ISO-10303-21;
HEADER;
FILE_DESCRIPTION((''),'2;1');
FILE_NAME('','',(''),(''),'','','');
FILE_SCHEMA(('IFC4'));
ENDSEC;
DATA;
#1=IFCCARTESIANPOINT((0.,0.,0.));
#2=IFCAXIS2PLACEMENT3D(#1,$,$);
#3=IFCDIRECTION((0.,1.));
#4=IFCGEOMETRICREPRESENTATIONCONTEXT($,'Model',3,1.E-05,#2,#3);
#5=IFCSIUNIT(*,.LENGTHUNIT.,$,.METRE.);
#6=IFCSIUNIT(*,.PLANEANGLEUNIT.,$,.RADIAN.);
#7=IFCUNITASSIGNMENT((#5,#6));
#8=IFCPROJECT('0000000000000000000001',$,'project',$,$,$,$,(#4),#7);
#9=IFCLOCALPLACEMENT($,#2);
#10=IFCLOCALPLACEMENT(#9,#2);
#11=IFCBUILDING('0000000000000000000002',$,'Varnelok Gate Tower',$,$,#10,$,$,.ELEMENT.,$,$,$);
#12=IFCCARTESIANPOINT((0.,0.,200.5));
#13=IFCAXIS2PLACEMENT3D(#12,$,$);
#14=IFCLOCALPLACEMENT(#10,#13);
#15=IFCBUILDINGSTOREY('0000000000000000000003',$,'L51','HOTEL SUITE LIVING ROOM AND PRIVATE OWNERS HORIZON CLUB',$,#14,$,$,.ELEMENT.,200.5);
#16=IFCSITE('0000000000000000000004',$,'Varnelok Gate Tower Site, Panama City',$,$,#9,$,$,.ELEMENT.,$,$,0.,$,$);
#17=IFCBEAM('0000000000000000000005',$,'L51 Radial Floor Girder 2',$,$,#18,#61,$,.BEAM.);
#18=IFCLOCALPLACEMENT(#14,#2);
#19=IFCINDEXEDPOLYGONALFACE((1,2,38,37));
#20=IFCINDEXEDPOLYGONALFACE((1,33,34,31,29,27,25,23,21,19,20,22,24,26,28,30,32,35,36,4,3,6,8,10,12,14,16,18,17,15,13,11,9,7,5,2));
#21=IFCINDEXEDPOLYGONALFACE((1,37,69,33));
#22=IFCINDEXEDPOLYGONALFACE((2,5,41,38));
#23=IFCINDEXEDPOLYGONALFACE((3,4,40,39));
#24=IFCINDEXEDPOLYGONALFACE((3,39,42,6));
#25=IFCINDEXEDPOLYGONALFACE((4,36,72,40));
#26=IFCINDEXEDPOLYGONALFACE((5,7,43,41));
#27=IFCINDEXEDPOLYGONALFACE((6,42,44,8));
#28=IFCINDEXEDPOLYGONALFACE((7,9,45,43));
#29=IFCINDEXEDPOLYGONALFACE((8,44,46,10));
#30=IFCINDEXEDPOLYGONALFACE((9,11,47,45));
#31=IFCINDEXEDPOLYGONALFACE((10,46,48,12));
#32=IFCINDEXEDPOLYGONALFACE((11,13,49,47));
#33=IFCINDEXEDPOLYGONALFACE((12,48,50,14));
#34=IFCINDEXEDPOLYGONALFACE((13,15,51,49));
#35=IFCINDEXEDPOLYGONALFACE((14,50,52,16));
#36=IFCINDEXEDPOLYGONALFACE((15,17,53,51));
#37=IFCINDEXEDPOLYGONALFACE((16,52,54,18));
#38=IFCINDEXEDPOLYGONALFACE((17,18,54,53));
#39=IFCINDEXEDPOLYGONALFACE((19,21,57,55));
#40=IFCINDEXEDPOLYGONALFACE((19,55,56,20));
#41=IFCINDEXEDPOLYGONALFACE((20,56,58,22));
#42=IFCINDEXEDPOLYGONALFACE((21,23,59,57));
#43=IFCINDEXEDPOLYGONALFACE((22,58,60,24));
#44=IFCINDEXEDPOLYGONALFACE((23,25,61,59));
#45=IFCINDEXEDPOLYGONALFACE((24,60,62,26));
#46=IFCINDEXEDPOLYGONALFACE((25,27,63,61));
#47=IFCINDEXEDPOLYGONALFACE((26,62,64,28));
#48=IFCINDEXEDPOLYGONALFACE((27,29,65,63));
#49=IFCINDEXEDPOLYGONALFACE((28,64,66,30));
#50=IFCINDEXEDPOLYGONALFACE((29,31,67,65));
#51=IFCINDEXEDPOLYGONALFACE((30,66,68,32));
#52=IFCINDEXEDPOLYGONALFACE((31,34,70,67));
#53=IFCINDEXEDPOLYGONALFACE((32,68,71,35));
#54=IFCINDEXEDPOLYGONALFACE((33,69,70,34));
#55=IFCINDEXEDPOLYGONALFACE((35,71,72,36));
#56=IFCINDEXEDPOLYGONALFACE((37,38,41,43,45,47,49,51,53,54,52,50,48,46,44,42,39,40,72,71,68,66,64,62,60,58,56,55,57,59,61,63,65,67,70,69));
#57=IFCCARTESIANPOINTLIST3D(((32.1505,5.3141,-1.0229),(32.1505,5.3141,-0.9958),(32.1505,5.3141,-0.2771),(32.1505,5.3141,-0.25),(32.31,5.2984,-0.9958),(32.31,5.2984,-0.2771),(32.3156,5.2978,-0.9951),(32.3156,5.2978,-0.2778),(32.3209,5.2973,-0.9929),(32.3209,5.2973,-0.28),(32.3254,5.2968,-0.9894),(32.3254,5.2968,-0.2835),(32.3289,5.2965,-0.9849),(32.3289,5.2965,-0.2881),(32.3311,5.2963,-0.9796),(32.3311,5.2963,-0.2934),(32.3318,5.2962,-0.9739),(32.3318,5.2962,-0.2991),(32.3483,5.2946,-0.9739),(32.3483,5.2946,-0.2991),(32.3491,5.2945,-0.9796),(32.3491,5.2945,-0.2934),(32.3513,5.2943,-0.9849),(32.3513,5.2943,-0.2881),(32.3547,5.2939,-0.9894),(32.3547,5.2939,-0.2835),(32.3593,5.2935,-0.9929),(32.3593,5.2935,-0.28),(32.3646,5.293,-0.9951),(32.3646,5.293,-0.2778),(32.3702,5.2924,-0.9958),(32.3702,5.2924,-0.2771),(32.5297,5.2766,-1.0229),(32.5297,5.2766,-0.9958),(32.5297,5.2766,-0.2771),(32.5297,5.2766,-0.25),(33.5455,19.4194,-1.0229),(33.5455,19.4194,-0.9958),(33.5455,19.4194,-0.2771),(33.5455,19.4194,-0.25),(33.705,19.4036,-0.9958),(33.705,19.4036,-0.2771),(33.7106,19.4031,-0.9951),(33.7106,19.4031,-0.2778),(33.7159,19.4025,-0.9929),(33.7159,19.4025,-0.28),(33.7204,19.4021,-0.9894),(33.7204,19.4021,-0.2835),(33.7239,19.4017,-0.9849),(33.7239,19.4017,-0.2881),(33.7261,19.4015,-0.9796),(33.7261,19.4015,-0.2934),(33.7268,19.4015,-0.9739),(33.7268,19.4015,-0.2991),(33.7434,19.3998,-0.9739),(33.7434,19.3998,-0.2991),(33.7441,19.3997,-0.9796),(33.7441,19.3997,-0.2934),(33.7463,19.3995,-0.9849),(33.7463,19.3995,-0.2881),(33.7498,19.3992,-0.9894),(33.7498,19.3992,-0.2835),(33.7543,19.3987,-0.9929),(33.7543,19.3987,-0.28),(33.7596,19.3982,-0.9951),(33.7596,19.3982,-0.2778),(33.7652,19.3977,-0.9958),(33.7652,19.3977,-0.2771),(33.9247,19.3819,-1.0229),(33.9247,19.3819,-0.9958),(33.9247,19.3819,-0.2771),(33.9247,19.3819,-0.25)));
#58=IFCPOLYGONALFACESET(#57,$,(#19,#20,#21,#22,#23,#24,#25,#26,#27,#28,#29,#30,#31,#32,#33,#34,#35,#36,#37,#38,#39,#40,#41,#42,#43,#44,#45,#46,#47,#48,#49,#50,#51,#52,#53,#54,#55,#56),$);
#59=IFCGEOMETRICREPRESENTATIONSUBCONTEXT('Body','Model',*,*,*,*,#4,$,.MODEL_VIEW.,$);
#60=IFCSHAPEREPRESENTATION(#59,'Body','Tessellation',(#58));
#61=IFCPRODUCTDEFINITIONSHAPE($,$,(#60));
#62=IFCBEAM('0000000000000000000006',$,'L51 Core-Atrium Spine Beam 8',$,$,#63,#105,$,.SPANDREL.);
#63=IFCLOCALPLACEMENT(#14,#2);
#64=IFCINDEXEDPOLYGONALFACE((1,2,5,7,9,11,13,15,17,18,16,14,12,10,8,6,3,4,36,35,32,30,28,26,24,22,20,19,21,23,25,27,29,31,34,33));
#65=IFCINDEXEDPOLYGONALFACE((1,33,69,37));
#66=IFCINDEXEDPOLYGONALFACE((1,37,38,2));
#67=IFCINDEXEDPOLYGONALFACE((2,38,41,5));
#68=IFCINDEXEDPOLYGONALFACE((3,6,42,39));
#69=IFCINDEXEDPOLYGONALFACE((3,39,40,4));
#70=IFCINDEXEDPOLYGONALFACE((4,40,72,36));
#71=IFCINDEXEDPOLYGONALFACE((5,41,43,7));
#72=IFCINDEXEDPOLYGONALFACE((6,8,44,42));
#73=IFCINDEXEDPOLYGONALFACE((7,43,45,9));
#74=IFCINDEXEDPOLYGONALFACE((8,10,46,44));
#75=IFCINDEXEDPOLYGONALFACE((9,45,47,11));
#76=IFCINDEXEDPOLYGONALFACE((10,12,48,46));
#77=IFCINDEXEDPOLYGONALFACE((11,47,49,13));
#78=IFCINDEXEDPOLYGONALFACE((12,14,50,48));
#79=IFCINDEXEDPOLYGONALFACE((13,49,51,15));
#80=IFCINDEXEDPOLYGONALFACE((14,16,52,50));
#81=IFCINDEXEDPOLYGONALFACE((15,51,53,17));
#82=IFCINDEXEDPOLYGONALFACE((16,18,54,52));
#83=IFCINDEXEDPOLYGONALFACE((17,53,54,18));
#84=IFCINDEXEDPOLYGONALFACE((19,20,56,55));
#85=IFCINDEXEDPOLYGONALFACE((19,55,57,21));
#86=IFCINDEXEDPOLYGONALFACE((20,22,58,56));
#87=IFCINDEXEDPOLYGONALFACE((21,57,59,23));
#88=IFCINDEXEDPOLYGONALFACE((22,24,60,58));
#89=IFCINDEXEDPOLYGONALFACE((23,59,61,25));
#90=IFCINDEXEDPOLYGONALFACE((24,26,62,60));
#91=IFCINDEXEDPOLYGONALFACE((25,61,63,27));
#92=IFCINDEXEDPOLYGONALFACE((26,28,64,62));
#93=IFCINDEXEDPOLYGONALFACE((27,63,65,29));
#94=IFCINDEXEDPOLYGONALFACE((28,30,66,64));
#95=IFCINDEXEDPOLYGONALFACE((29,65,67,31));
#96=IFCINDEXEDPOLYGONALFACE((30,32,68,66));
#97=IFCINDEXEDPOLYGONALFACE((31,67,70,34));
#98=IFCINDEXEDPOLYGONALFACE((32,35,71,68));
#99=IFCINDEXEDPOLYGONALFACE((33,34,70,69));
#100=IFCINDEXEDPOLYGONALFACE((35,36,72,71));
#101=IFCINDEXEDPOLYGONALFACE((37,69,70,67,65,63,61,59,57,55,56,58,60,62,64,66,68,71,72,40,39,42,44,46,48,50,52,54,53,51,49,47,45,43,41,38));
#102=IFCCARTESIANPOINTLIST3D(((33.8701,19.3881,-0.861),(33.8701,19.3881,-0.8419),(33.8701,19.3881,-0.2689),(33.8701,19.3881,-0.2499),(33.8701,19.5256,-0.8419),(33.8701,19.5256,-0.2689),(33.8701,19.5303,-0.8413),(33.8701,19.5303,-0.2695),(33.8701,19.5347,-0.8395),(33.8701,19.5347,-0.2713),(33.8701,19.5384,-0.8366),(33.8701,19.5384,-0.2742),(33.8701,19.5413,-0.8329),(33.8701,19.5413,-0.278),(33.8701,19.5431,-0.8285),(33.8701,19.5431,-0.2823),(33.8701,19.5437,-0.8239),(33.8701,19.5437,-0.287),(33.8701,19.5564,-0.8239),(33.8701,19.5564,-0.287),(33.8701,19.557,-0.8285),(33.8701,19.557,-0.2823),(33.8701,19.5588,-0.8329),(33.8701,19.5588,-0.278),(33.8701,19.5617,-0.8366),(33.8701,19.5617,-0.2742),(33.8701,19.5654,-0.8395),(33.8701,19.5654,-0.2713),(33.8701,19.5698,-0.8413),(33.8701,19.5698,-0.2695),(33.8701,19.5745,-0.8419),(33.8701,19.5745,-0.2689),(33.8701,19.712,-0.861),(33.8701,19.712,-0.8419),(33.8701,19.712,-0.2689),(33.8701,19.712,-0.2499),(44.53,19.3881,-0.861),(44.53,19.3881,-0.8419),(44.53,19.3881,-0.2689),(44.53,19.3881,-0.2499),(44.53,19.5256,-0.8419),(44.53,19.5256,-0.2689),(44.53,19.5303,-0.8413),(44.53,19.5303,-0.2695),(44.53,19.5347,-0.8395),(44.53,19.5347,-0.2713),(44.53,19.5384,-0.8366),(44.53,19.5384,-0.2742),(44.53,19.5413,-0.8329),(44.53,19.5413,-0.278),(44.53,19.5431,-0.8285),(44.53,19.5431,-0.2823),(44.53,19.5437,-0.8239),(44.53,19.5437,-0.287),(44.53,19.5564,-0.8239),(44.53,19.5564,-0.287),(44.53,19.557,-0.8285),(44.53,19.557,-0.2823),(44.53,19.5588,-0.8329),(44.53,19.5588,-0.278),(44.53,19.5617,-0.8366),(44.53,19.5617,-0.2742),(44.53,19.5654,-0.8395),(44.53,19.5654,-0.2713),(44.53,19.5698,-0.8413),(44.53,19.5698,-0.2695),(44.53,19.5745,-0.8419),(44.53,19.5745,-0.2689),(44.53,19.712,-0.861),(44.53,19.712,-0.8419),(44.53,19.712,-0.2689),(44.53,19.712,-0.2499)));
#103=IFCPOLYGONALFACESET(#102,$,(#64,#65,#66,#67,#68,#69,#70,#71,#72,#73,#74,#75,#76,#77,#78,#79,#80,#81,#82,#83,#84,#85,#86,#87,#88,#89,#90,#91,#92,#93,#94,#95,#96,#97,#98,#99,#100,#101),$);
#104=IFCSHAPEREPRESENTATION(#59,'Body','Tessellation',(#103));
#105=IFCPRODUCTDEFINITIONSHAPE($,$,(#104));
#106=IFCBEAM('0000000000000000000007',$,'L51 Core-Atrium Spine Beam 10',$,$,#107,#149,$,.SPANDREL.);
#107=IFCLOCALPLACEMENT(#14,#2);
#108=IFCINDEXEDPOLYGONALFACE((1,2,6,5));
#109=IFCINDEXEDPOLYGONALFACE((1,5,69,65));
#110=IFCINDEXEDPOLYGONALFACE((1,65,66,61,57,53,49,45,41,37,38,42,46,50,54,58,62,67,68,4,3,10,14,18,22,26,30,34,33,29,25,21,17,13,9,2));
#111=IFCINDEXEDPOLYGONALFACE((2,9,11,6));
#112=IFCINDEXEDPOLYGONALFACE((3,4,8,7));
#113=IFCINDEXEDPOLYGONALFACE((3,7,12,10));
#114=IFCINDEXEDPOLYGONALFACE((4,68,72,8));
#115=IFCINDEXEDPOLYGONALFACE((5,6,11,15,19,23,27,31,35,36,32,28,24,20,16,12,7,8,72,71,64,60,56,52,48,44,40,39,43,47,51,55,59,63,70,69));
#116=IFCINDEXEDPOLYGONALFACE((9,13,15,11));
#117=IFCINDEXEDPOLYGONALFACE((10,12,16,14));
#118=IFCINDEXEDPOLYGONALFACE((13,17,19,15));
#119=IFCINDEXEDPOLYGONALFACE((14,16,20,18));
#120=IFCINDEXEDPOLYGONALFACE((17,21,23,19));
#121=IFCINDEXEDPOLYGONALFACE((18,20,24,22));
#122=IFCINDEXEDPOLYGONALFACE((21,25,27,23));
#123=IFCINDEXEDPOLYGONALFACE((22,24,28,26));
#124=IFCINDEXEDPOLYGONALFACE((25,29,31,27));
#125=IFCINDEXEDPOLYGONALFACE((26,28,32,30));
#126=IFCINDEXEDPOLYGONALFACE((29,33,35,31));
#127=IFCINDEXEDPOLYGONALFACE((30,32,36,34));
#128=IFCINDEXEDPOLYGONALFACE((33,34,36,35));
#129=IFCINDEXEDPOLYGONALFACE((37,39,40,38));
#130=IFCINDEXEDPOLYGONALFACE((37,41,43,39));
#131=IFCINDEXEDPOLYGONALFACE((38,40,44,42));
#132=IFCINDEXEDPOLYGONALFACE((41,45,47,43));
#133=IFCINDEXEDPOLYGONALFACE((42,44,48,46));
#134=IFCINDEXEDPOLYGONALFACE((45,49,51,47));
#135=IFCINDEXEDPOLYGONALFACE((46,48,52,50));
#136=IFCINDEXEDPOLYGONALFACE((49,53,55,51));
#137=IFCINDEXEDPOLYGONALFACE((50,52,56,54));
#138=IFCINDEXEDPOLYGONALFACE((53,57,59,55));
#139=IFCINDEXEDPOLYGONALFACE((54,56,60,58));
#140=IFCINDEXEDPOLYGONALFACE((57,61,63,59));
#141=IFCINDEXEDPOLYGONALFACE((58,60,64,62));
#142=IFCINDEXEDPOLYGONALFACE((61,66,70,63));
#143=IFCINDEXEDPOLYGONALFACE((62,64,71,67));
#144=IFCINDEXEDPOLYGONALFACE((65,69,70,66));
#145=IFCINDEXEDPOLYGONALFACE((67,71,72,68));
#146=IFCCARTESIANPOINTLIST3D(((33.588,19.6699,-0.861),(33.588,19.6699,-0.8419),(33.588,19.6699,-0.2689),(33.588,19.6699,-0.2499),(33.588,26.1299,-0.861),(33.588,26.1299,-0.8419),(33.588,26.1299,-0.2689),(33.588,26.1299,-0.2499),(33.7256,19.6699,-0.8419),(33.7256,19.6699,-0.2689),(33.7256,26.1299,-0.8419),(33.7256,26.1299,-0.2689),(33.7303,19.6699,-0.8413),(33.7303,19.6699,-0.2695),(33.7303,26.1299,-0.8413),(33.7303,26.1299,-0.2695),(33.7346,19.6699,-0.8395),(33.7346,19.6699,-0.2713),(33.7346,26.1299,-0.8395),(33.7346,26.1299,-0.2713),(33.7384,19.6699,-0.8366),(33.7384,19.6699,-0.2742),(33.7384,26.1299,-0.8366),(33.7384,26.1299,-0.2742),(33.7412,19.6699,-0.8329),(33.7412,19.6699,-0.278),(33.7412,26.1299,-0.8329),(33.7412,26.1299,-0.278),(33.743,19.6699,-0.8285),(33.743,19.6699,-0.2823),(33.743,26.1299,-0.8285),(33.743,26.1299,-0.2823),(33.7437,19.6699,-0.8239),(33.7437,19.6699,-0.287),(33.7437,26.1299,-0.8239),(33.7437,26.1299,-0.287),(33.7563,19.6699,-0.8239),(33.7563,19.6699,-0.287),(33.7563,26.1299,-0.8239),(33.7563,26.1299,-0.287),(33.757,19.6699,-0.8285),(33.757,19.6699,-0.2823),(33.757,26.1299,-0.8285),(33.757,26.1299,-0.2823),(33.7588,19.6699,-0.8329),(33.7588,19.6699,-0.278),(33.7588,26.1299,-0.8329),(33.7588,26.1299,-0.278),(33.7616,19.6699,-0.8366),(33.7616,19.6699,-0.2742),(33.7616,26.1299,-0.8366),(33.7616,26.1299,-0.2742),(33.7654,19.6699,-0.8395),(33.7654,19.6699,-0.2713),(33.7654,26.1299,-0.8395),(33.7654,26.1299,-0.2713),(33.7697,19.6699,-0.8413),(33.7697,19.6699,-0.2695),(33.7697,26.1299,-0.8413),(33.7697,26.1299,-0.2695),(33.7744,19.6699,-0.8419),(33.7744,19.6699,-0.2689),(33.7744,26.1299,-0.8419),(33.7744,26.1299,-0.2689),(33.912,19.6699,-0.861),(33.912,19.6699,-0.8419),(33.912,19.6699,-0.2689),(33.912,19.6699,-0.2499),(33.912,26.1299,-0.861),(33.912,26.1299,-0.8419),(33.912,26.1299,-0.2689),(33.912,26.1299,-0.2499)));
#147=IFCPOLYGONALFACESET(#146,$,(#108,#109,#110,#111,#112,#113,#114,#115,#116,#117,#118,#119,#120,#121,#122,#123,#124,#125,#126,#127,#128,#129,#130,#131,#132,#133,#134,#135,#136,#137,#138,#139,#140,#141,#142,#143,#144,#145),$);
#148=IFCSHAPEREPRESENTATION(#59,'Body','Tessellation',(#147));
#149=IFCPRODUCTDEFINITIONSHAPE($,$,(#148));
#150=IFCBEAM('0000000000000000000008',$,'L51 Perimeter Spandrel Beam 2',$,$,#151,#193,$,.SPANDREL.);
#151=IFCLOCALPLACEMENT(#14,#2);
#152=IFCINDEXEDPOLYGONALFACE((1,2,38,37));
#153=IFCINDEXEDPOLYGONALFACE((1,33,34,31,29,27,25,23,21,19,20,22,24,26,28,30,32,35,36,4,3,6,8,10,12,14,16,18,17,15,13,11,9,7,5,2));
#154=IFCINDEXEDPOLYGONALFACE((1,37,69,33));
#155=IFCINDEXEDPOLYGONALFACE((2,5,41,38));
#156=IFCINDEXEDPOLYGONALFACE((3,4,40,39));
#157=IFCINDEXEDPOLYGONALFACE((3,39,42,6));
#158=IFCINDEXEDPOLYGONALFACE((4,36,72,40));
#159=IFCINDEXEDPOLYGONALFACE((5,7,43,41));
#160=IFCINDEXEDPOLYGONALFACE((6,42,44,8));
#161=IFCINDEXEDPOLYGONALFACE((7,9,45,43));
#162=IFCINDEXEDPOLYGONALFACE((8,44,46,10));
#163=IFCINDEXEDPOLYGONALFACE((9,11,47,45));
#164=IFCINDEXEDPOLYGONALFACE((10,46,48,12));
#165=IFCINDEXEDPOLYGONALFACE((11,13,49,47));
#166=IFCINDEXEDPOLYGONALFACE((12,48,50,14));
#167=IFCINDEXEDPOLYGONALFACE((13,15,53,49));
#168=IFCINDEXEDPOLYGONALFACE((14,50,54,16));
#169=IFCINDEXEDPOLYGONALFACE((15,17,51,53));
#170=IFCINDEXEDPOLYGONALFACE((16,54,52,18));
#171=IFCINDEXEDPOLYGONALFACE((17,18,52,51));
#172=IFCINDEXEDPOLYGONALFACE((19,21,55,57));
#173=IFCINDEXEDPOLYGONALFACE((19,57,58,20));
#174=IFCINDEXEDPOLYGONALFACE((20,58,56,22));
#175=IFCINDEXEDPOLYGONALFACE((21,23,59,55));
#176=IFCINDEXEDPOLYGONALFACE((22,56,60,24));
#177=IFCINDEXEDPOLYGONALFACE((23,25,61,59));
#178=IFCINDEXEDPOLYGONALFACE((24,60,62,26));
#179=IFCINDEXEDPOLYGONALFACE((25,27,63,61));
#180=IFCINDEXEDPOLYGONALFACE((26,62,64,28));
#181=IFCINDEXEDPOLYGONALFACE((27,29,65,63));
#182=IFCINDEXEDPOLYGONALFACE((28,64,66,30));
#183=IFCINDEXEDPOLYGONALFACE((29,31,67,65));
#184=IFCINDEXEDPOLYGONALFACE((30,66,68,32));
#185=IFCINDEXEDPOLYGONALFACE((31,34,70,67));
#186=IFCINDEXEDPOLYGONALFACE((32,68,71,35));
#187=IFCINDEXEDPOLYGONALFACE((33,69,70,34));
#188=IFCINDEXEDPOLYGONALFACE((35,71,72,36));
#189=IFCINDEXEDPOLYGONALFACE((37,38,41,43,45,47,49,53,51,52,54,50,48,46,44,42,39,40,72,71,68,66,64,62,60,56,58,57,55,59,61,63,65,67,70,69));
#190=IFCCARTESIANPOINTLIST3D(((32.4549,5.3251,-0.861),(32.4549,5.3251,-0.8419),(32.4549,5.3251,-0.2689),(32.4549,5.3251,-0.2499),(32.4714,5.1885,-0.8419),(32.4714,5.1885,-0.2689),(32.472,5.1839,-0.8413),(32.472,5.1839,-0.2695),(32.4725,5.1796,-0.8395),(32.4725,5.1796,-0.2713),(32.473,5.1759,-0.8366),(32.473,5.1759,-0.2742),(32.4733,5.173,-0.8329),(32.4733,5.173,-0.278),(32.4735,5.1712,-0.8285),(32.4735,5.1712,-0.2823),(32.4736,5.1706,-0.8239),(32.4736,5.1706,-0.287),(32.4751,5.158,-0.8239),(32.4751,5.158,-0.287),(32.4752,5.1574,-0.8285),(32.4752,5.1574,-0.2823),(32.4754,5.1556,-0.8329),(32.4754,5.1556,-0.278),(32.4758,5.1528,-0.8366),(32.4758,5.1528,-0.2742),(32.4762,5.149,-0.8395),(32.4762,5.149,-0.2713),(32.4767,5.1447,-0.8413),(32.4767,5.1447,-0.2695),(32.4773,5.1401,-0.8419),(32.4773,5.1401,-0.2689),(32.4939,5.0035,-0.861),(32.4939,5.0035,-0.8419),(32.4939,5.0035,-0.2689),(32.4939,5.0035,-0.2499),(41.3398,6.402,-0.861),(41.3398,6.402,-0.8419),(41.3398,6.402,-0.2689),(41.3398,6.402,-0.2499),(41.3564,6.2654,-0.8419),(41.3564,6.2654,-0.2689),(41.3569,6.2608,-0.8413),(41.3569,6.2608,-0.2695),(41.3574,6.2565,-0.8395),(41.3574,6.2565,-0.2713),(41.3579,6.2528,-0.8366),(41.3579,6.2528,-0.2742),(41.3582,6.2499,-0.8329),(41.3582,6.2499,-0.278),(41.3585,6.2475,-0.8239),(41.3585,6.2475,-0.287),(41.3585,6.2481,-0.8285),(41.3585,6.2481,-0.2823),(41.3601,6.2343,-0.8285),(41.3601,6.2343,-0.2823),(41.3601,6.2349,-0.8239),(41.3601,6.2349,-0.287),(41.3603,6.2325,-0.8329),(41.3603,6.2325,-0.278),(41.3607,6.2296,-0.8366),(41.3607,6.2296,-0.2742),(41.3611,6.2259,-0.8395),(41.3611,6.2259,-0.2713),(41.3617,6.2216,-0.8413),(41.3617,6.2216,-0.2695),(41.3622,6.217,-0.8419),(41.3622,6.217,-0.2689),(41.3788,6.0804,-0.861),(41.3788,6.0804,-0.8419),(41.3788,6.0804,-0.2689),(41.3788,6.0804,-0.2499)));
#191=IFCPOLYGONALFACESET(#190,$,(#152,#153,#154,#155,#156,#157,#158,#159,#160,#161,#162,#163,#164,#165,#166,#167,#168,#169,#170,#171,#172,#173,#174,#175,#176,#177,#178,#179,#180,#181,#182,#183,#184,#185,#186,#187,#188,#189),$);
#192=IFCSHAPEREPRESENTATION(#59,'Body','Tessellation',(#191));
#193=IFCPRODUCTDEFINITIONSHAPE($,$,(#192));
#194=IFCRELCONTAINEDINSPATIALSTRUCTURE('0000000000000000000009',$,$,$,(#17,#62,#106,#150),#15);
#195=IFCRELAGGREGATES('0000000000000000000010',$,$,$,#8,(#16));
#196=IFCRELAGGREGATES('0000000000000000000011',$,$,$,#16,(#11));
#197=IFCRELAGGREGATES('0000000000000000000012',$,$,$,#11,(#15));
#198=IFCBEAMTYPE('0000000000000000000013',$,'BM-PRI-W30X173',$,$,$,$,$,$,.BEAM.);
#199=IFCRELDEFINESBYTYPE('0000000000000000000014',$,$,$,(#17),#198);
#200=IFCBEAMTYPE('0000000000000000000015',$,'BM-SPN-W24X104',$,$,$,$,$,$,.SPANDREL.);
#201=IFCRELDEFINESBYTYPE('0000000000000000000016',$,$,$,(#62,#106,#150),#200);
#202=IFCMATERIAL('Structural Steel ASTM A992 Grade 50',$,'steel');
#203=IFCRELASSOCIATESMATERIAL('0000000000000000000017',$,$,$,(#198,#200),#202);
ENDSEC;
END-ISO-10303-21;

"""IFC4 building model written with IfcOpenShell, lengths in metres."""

from ifc_helpers import new_model, si_unit, direction, frame, origin, origin_2d, place, context, subcontext, project, spatial, i_section, extrude, material, material_profile, profile_set, type_object, element, save


model = new_model("IFC4")

# Units and contexts
model_context = context("Model", 3, precision=1e-05, world=origin(), true_north=direction((0.0, 1.0)))
body_context = subcontext(model_context, "Body", "Model", "MODEL_VIEW")
ifc_project = project(units=[si_unit("LENGTHUNIT", "METRE"), si_unit("PLANEANGLEUNIT", "RADIAN")], contexts=[model_context])

# Site, building, storey
site_placement = place(None, origin())
site = spatial("IfcSite", under=ifc_project, at=site_placement, Name="Varnelok Gate Tower Site, Panama City", CompositionType="ELEMENT", RefElevation=0.0)
building_placement = place(site_placement, origin())
building = spatial("IfcBuilding", under=site, at=building_placement, Name="Varnelok Gate Tower", CompositionType="ELEMENT")
storey_placement = place(building_placement, frame((0.0, 0.0, 200.5)))
storey = spatial("IfcBuildingStorey", under=building, at=storey_placement, Name="L51", Description="HOTEL SUITE LIVING ROOM AND PRIVATE OWNERS HORIZON CLUB", CompositionType="ELEMENT", Elevation=200.5)

# Shared definitions
ifc_material_1 = material(Name="Structural Steel ASTM A992 Grade 50", Category="steel")

# Beams
ifc_material_profile_1 = material_profile(ifc_material_1, i_section(OverallWidth=0.3811, OverallDepth=0.7729, WebThickness=0.0166, FlangeThickness=0.0271, FilletRadius=0.022, at=origin_2d()), Name="W30X173")
ifc_profile_set_1 = profile_set([ifc_material_profile_1], Name="Structural Steel ASTM A992 Grade 50")
beam_type_1 = type_object("IfcBeamType", Name="BM-PRI-W30X173", PredefinedType="BEAM", material=ifc_profile_set_1)
beam_1_placement = place(storey_placement, frame((33.7351, 19.4006, -0.6365), z_axis=(-0.098421, -0.995145, 0.0), x_axis=(0.995145, -0.098421, 0.0)))
element("IfcBeam", 1, at=beam_1_placement, inside=storey, type_object=beam_type_1, Name="L51 Radial Floor Girder 2", PredefinedType="BEAM", context=body_context, shape_type="SweptSolid", body=[
    extrude(i_section(OverallWidth=0.3811, OverallDepth=0.7729, WebThickness=0.0166, FlangeThickness=0.0271, FilletRadius=0.022, at=origin_2d()), origin(), (0.0, 0.0, 1.0), 14.1741),
])
ifc_material_profile_2 = material_profile(ifc_material_1, i_section(OverallWidth=0.324, OverallDepth=0.6111, WebThickness=0.0127, FlangeThickness=0.019, FilletRadius=0.0181, at=origin_2d()), Name="W24X104")
ifc_profile_set_2 = profile_set([ifc_material_profile_2], Name="Structural Steel ASTM A992 Grade 50")
beam_type_2 = type_object("IfcBeamType", Name="BM-SPN-W24X104", PredefinedType="SPANDREL", material=ifc_profile_set_2)
beam_2_placement = place(storey_placement, frame((33.8701, 19.55, -0.5554), z_axis=(1.0, 0.0, 0.0), x_axis=(0.0, 1.0, 0.0)))
element("IfcBeam", 2, at=beam_2_placement, inside=storey, type_object=beam_type_2, Name="L51 Core-Atrium Spine Beam 8", PredefinedType="SPANDREL", context=body_context, shape_type="SweptSolid", body=[
    extrude(i_section(OverallWidth=0.324, OverallDepth=0.6111, WebThickness=0.0127, FlangeThickness=0.019, FilletRadius=0.0181, at=origin_2d()), origin(), (0.0, 0.0, 1.0), 10.6599),
])
beam_3_placement = place(storey_placement, frame((33.75, 19.6699, -0.5554), z_axis=(0.0, 1.0, 0.0), x_axis=(-1.0, 0.0, 0.0)))
element("IfcBeam", 3, at=beam_3_placement, inside=storey, type_object=beam_type_2, Name="L51 Core-Atrium Spine Beam 10", PredefinedType="SPANDREL", context=body_context, shape_type="SweptSolid", body=[
    extrude(i_section(OverallWidth=0.324, OverallDepth=0.6111, WebThickness=0.0127, FlangeThickness=0.019, FilletRadius=0.0181, at=origin_2d()), origin(), (0.0, 0.0, 1.0), 6.46),
])
beam_4_placement = place(storey_placement, frame((32.4744, 5.1643, -0.5554), z_axis=(0.992735, 0.120324, 0.0), x_axis=(-0.120324, 0.992735, 0.0)))
element("IfcBeam", 4, at=beam_4_placement, inside=storey, type_object=beam_type_2, Name="L51 Perimeter Spandrel Beam 2", PredefinedType="SPANDREL", context=body_context, shape_type="SweptSolid", body=[
    extrude(i_section(OverallWidth=0.324, OverallDepth=0.6111, WebThickness=0.0127, FlangeThickness=0.019, FilletRadius=0.0181, at=origin_2d()), origin(), (0.0, 0.0, 1.0), 8.95),
])

save(model, "model.ifc")
